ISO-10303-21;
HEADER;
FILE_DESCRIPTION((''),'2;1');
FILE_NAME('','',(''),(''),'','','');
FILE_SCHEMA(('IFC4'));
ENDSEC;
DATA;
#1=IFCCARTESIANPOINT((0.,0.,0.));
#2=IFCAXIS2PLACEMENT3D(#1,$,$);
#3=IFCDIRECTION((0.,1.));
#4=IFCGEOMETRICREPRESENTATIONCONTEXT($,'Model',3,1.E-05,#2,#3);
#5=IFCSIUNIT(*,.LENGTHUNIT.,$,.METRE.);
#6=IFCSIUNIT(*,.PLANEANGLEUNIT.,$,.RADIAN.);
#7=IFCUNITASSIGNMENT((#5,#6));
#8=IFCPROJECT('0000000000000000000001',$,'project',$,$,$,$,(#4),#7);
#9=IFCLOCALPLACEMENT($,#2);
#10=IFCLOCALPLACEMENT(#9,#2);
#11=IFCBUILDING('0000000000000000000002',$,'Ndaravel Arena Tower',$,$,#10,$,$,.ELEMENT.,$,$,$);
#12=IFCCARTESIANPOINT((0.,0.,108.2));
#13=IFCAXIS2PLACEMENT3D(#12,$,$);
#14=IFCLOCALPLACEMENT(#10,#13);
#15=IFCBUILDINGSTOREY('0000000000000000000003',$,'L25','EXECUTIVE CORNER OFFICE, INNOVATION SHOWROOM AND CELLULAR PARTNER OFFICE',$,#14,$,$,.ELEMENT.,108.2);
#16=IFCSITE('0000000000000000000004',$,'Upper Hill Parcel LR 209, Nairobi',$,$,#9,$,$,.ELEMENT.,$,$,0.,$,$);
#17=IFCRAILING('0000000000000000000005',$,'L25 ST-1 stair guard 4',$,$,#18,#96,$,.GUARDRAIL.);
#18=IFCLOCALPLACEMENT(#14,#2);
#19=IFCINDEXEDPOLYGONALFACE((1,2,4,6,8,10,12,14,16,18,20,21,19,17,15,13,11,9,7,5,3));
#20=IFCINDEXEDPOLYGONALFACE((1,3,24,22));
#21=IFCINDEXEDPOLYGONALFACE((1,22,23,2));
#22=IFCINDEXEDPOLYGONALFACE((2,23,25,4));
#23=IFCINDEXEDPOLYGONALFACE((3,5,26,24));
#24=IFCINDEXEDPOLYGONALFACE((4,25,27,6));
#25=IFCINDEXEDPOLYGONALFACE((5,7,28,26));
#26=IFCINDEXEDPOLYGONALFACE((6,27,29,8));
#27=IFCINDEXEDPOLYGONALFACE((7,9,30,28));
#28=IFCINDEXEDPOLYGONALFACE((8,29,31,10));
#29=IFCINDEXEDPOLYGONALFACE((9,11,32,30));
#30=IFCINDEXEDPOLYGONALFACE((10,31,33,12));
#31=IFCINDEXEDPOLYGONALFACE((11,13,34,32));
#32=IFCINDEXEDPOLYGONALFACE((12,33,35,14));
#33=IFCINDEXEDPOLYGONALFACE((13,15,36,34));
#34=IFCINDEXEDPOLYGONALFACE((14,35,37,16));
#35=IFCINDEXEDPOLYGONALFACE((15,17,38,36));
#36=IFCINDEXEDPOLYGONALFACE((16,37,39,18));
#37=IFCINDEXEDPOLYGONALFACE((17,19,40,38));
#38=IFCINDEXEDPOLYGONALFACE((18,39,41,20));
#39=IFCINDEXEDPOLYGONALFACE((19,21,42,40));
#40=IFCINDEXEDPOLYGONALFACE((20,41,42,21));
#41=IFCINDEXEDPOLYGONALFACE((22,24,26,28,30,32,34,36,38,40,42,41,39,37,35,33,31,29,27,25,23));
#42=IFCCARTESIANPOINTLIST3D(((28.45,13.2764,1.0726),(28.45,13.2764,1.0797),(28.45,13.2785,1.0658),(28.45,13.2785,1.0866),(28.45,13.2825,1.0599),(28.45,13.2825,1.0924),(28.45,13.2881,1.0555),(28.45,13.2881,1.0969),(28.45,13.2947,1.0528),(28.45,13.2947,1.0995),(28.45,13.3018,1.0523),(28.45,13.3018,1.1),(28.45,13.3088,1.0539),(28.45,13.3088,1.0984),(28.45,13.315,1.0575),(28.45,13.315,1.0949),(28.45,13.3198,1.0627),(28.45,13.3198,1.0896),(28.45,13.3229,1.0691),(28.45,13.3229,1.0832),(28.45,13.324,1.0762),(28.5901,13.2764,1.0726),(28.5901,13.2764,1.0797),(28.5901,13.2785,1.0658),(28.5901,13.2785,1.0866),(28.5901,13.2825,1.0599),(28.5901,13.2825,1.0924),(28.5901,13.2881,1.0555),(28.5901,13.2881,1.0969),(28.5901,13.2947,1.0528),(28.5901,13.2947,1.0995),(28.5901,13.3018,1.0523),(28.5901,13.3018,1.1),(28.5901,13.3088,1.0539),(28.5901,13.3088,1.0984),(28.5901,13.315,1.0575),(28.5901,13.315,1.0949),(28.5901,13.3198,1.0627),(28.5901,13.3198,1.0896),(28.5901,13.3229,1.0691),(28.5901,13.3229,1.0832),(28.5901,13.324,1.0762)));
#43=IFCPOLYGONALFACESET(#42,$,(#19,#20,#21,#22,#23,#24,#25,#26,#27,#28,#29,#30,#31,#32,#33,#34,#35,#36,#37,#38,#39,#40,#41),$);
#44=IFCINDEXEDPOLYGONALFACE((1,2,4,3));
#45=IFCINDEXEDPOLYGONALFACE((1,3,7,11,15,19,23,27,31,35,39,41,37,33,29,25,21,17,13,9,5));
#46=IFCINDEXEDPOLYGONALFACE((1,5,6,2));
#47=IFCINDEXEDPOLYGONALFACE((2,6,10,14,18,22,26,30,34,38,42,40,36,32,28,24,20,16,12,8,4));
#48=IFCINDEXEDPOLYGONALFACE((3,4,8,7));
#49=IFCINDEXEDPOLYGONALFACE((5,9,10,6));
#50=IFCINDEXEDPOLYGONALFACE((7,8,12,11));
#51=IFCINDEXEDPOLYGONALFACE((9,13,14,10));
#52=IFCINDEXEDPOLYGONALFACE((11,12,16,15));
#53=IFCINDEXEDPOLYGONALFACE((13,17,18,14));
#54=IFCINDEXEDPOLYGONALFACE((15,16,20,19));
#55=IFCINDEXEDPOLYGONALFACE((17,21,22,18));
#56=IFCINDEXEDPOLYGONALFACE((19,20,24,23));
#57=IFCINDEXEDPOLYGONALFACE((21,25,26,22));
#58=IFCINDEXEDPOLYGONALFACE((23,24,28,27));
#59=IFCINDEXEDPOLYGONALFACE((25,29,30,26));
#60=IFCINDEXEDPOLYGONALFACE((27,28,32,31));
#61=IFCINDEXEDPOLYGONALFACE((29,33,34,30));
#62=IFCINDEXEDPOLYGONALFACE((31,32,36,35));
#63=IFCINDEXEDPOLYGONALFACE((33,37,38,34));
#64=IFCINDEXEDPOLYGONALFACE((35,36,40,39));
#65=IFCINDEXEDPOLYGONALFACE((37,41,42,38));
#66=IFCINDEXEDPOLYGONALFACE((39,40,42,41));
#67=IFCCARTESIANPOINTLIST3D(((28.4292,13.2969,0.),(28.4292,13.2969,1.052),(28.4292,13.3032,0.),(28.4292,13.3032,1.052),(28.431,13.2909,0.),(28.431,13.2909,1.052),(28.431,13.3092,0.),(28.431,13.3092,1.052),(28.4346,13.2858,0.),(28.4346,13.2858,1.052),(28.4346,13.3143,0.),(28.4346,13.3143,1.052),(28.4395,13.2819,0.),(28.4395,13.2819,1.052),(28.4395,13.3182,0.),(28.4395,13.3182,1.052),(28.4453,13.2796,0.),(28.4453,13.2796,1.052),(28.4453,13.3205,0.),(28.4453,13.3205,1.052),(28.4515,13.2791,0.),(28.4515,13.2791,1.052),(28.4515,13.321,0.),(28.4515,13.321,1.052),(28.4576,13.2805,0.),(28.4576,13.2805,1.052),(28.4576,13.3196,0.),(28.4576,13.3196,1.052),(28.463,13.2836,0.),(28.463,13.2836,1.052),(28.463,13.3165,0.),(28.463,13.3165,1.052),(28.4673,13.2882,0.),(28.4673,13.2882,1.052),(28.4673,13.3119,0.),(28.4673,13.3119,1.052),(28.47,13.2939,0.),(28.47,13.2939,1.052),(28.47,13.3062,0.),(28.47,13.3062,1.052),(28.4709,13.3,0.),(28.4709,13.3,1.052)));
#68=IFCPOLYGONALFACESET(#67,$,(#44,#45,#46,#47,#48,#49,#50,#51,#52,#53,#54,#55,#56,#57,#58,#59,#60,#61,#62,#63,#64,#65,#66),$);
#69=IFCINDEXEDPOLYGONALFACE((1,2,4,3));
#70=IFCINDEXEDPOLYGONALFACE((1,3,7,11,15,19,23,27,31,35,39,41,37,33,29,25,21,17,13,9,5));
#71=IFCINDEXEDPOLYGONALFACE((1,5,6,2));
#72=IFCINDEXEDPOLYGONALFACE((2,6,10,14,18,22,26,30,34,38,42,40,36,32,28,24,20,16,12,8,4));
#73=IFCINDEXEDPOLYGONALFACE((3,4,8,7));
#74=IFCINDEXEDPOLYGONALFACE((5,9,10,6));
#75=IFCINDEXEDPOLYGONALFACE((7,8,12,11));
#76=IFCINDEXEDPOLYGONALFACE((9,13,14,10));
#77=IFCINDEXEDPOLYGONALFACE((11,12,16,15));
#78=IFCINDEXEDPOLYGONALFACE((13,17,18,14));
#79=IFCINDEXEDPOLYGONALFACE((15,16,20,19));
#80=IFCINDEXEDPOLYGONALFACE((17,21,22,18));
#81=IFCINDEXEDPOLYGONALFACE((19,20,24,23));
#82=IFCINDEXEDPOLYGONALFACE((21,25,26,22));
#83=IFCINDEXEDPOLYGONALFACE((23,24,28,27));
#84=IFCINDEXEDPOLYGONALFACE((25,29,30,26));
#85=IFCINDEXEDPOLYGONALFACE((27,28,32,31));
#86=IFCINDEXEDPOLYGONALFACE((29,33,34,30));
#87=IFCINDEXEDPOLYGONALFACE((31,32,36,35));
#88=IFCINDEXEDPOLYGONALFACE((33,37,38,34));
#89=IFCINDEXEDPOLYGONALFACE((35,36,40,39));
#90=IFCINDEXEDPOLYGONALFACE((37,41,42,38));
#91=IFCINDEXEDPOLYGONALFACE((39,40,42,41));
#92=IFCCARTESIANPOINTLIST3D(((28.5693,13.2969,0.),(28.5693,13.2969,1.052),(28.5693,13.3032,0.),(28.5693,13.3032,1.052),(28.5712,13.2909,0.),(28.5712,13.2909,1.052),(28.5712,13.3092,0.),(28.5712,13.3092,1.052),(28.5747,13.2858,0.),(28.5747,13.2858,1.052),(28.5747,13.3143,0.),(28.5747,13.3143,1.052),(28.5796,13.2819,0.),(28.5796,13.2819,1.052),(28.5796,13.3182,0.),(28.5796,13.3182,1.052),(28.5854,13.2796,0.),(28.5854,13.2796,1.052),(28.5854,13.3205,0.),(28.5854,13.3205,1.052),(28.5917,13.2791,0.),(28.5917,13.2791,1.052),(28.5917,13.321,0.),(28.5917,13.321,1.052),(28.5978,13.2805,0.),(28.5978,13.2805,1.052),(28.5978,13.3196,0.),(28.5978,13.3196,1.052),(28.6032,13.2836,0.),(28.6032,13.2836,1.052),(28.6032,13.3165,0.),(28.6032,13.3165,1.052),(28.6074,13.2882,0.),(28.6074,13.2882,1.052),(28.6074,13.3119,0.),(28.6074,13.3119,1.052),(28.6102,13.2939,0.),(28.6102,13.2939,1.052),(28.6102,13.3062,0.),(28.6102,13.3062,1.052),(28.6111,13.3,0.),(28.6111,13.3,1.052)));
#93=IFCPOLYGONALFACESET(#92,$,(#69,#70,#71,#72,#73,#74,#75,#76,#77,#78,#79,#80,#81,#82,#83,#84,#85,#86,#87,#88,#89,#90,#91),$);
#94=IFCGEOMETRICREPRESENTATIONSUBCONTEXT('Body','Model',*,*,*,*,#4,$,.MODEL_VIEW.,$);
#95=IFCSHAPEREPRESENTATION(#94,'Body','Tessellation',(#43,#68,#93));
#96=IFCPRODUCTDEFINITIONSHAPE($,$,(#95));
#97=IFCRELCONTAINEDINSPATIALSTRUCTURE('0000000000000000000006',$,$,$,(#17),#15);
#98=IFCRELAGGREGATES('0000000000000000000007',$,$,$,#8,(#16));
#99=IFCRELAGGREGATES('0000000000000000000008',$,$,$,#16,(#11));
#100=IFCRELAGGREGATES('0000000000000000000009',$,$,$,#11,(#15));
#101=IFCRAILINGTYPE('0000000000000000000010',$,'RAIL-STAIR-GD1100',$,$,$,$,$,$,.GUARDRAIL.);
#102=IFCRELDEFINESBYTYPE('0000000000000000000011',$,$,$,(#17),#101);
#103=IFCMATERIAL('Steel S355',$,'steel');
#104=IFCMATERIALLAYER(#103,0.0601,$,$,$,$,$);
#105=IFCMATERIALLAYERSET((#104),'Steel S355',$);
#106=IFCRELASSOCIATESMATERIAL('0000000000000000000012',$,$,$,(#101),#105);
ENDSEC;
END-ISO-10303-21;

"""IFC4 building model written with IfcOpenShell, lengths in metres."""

from ifc_helpers import new_model, si_unit, direction, frame, origin, origin_2d, place, context, subcontext, project, spatial, circle, extrude, material, layer, layer_set, type_object, element, save


model = new_model("IFC4")

# Units and contexts
model_context = context("Model", 3, precision=1e-05, world=origin(), true_north=direction((0.0, 1.0)))
body_context = subcontext(model_context, "Body", "Model", "MODEL_VIEW")
ifc_project = project(units=[si_unit("LENGTHUNIT", "METRE"), si_unit("PLANEANGLEUNIT", "RADIAN")], contexts=[model_context])

# Site, building, storey
site_placement = place(None, origin())
site = spatial("IfcSite", under=ifc_project, at=site_placement, Name="Upper Hill Parcel LR 209, Nairobi", CompositionType="ELEMENT", RefElevation=0.0)
building_placement = place(site_placement, origin())
building = spatial("IfcBuilding", under=site, at=building_placement, Name="Ndaravel Arena Tower", CompositionType="ELEMENT")
storey_placement = place(building_placement, frame((0.0, 0.0, 108.2)))
storey = spatial("IfcBuildingStorey", under=building, at=storey_placement, Name="L25", Description="EXECUTIVE CORNER OFFICE, INNOVATION SHOWROOM AND CELLULAR PARTNER OFFICE", CompositionType="ELEMENT", Elevation=108.2)

# Railing
ifc_material_1 = material(Name="Steel S355", Category="steel")
ifc_layer_1 = layer(ifc_material_1, 0.0601)
ifc_layer_set_1 = layer_set([ifc_layer_1], Name="Steel S355")
railing_type_1 = type_object("IfcRailingType", Name="RAIL-STAIR-GD1100", PredefinedType="GUARDRAIL", material=ifc_layer_set_1)
railing_1_placement = place(storey_placement, frame((28.45, 13.3, 0.0)))
element("IfcRailing", 1, at=railing_1_placement, inside=storey, type_object=railing_type_1, Name="L25 ST-1 stair guard 4", PredefinedType="GUARDRAIL", context=body_context, shape_type="SweptSolid", body=[
    extrude(circle(Radius=0.0239, at=origin_2d()), frame((0.0, 0.0, 1.0762), z_axis=(1.0, 0.0, 0.0), x_axis=(0.0, 1.0, 0.0)), (0.0, 0.0, 1.0), 0.1401),
    extrude(circle(Radius=0.021, at=origin_2d()), origin(), (0.0, 0.0, 1.0), 1.052),
    extrude(circle(Radius=0.021, at=origin_2d()), frame((0.1401, 0.0, 0.0)), (0.0, 0.0, 1.0), 1.052),
])

save(model, "model.ifc")
